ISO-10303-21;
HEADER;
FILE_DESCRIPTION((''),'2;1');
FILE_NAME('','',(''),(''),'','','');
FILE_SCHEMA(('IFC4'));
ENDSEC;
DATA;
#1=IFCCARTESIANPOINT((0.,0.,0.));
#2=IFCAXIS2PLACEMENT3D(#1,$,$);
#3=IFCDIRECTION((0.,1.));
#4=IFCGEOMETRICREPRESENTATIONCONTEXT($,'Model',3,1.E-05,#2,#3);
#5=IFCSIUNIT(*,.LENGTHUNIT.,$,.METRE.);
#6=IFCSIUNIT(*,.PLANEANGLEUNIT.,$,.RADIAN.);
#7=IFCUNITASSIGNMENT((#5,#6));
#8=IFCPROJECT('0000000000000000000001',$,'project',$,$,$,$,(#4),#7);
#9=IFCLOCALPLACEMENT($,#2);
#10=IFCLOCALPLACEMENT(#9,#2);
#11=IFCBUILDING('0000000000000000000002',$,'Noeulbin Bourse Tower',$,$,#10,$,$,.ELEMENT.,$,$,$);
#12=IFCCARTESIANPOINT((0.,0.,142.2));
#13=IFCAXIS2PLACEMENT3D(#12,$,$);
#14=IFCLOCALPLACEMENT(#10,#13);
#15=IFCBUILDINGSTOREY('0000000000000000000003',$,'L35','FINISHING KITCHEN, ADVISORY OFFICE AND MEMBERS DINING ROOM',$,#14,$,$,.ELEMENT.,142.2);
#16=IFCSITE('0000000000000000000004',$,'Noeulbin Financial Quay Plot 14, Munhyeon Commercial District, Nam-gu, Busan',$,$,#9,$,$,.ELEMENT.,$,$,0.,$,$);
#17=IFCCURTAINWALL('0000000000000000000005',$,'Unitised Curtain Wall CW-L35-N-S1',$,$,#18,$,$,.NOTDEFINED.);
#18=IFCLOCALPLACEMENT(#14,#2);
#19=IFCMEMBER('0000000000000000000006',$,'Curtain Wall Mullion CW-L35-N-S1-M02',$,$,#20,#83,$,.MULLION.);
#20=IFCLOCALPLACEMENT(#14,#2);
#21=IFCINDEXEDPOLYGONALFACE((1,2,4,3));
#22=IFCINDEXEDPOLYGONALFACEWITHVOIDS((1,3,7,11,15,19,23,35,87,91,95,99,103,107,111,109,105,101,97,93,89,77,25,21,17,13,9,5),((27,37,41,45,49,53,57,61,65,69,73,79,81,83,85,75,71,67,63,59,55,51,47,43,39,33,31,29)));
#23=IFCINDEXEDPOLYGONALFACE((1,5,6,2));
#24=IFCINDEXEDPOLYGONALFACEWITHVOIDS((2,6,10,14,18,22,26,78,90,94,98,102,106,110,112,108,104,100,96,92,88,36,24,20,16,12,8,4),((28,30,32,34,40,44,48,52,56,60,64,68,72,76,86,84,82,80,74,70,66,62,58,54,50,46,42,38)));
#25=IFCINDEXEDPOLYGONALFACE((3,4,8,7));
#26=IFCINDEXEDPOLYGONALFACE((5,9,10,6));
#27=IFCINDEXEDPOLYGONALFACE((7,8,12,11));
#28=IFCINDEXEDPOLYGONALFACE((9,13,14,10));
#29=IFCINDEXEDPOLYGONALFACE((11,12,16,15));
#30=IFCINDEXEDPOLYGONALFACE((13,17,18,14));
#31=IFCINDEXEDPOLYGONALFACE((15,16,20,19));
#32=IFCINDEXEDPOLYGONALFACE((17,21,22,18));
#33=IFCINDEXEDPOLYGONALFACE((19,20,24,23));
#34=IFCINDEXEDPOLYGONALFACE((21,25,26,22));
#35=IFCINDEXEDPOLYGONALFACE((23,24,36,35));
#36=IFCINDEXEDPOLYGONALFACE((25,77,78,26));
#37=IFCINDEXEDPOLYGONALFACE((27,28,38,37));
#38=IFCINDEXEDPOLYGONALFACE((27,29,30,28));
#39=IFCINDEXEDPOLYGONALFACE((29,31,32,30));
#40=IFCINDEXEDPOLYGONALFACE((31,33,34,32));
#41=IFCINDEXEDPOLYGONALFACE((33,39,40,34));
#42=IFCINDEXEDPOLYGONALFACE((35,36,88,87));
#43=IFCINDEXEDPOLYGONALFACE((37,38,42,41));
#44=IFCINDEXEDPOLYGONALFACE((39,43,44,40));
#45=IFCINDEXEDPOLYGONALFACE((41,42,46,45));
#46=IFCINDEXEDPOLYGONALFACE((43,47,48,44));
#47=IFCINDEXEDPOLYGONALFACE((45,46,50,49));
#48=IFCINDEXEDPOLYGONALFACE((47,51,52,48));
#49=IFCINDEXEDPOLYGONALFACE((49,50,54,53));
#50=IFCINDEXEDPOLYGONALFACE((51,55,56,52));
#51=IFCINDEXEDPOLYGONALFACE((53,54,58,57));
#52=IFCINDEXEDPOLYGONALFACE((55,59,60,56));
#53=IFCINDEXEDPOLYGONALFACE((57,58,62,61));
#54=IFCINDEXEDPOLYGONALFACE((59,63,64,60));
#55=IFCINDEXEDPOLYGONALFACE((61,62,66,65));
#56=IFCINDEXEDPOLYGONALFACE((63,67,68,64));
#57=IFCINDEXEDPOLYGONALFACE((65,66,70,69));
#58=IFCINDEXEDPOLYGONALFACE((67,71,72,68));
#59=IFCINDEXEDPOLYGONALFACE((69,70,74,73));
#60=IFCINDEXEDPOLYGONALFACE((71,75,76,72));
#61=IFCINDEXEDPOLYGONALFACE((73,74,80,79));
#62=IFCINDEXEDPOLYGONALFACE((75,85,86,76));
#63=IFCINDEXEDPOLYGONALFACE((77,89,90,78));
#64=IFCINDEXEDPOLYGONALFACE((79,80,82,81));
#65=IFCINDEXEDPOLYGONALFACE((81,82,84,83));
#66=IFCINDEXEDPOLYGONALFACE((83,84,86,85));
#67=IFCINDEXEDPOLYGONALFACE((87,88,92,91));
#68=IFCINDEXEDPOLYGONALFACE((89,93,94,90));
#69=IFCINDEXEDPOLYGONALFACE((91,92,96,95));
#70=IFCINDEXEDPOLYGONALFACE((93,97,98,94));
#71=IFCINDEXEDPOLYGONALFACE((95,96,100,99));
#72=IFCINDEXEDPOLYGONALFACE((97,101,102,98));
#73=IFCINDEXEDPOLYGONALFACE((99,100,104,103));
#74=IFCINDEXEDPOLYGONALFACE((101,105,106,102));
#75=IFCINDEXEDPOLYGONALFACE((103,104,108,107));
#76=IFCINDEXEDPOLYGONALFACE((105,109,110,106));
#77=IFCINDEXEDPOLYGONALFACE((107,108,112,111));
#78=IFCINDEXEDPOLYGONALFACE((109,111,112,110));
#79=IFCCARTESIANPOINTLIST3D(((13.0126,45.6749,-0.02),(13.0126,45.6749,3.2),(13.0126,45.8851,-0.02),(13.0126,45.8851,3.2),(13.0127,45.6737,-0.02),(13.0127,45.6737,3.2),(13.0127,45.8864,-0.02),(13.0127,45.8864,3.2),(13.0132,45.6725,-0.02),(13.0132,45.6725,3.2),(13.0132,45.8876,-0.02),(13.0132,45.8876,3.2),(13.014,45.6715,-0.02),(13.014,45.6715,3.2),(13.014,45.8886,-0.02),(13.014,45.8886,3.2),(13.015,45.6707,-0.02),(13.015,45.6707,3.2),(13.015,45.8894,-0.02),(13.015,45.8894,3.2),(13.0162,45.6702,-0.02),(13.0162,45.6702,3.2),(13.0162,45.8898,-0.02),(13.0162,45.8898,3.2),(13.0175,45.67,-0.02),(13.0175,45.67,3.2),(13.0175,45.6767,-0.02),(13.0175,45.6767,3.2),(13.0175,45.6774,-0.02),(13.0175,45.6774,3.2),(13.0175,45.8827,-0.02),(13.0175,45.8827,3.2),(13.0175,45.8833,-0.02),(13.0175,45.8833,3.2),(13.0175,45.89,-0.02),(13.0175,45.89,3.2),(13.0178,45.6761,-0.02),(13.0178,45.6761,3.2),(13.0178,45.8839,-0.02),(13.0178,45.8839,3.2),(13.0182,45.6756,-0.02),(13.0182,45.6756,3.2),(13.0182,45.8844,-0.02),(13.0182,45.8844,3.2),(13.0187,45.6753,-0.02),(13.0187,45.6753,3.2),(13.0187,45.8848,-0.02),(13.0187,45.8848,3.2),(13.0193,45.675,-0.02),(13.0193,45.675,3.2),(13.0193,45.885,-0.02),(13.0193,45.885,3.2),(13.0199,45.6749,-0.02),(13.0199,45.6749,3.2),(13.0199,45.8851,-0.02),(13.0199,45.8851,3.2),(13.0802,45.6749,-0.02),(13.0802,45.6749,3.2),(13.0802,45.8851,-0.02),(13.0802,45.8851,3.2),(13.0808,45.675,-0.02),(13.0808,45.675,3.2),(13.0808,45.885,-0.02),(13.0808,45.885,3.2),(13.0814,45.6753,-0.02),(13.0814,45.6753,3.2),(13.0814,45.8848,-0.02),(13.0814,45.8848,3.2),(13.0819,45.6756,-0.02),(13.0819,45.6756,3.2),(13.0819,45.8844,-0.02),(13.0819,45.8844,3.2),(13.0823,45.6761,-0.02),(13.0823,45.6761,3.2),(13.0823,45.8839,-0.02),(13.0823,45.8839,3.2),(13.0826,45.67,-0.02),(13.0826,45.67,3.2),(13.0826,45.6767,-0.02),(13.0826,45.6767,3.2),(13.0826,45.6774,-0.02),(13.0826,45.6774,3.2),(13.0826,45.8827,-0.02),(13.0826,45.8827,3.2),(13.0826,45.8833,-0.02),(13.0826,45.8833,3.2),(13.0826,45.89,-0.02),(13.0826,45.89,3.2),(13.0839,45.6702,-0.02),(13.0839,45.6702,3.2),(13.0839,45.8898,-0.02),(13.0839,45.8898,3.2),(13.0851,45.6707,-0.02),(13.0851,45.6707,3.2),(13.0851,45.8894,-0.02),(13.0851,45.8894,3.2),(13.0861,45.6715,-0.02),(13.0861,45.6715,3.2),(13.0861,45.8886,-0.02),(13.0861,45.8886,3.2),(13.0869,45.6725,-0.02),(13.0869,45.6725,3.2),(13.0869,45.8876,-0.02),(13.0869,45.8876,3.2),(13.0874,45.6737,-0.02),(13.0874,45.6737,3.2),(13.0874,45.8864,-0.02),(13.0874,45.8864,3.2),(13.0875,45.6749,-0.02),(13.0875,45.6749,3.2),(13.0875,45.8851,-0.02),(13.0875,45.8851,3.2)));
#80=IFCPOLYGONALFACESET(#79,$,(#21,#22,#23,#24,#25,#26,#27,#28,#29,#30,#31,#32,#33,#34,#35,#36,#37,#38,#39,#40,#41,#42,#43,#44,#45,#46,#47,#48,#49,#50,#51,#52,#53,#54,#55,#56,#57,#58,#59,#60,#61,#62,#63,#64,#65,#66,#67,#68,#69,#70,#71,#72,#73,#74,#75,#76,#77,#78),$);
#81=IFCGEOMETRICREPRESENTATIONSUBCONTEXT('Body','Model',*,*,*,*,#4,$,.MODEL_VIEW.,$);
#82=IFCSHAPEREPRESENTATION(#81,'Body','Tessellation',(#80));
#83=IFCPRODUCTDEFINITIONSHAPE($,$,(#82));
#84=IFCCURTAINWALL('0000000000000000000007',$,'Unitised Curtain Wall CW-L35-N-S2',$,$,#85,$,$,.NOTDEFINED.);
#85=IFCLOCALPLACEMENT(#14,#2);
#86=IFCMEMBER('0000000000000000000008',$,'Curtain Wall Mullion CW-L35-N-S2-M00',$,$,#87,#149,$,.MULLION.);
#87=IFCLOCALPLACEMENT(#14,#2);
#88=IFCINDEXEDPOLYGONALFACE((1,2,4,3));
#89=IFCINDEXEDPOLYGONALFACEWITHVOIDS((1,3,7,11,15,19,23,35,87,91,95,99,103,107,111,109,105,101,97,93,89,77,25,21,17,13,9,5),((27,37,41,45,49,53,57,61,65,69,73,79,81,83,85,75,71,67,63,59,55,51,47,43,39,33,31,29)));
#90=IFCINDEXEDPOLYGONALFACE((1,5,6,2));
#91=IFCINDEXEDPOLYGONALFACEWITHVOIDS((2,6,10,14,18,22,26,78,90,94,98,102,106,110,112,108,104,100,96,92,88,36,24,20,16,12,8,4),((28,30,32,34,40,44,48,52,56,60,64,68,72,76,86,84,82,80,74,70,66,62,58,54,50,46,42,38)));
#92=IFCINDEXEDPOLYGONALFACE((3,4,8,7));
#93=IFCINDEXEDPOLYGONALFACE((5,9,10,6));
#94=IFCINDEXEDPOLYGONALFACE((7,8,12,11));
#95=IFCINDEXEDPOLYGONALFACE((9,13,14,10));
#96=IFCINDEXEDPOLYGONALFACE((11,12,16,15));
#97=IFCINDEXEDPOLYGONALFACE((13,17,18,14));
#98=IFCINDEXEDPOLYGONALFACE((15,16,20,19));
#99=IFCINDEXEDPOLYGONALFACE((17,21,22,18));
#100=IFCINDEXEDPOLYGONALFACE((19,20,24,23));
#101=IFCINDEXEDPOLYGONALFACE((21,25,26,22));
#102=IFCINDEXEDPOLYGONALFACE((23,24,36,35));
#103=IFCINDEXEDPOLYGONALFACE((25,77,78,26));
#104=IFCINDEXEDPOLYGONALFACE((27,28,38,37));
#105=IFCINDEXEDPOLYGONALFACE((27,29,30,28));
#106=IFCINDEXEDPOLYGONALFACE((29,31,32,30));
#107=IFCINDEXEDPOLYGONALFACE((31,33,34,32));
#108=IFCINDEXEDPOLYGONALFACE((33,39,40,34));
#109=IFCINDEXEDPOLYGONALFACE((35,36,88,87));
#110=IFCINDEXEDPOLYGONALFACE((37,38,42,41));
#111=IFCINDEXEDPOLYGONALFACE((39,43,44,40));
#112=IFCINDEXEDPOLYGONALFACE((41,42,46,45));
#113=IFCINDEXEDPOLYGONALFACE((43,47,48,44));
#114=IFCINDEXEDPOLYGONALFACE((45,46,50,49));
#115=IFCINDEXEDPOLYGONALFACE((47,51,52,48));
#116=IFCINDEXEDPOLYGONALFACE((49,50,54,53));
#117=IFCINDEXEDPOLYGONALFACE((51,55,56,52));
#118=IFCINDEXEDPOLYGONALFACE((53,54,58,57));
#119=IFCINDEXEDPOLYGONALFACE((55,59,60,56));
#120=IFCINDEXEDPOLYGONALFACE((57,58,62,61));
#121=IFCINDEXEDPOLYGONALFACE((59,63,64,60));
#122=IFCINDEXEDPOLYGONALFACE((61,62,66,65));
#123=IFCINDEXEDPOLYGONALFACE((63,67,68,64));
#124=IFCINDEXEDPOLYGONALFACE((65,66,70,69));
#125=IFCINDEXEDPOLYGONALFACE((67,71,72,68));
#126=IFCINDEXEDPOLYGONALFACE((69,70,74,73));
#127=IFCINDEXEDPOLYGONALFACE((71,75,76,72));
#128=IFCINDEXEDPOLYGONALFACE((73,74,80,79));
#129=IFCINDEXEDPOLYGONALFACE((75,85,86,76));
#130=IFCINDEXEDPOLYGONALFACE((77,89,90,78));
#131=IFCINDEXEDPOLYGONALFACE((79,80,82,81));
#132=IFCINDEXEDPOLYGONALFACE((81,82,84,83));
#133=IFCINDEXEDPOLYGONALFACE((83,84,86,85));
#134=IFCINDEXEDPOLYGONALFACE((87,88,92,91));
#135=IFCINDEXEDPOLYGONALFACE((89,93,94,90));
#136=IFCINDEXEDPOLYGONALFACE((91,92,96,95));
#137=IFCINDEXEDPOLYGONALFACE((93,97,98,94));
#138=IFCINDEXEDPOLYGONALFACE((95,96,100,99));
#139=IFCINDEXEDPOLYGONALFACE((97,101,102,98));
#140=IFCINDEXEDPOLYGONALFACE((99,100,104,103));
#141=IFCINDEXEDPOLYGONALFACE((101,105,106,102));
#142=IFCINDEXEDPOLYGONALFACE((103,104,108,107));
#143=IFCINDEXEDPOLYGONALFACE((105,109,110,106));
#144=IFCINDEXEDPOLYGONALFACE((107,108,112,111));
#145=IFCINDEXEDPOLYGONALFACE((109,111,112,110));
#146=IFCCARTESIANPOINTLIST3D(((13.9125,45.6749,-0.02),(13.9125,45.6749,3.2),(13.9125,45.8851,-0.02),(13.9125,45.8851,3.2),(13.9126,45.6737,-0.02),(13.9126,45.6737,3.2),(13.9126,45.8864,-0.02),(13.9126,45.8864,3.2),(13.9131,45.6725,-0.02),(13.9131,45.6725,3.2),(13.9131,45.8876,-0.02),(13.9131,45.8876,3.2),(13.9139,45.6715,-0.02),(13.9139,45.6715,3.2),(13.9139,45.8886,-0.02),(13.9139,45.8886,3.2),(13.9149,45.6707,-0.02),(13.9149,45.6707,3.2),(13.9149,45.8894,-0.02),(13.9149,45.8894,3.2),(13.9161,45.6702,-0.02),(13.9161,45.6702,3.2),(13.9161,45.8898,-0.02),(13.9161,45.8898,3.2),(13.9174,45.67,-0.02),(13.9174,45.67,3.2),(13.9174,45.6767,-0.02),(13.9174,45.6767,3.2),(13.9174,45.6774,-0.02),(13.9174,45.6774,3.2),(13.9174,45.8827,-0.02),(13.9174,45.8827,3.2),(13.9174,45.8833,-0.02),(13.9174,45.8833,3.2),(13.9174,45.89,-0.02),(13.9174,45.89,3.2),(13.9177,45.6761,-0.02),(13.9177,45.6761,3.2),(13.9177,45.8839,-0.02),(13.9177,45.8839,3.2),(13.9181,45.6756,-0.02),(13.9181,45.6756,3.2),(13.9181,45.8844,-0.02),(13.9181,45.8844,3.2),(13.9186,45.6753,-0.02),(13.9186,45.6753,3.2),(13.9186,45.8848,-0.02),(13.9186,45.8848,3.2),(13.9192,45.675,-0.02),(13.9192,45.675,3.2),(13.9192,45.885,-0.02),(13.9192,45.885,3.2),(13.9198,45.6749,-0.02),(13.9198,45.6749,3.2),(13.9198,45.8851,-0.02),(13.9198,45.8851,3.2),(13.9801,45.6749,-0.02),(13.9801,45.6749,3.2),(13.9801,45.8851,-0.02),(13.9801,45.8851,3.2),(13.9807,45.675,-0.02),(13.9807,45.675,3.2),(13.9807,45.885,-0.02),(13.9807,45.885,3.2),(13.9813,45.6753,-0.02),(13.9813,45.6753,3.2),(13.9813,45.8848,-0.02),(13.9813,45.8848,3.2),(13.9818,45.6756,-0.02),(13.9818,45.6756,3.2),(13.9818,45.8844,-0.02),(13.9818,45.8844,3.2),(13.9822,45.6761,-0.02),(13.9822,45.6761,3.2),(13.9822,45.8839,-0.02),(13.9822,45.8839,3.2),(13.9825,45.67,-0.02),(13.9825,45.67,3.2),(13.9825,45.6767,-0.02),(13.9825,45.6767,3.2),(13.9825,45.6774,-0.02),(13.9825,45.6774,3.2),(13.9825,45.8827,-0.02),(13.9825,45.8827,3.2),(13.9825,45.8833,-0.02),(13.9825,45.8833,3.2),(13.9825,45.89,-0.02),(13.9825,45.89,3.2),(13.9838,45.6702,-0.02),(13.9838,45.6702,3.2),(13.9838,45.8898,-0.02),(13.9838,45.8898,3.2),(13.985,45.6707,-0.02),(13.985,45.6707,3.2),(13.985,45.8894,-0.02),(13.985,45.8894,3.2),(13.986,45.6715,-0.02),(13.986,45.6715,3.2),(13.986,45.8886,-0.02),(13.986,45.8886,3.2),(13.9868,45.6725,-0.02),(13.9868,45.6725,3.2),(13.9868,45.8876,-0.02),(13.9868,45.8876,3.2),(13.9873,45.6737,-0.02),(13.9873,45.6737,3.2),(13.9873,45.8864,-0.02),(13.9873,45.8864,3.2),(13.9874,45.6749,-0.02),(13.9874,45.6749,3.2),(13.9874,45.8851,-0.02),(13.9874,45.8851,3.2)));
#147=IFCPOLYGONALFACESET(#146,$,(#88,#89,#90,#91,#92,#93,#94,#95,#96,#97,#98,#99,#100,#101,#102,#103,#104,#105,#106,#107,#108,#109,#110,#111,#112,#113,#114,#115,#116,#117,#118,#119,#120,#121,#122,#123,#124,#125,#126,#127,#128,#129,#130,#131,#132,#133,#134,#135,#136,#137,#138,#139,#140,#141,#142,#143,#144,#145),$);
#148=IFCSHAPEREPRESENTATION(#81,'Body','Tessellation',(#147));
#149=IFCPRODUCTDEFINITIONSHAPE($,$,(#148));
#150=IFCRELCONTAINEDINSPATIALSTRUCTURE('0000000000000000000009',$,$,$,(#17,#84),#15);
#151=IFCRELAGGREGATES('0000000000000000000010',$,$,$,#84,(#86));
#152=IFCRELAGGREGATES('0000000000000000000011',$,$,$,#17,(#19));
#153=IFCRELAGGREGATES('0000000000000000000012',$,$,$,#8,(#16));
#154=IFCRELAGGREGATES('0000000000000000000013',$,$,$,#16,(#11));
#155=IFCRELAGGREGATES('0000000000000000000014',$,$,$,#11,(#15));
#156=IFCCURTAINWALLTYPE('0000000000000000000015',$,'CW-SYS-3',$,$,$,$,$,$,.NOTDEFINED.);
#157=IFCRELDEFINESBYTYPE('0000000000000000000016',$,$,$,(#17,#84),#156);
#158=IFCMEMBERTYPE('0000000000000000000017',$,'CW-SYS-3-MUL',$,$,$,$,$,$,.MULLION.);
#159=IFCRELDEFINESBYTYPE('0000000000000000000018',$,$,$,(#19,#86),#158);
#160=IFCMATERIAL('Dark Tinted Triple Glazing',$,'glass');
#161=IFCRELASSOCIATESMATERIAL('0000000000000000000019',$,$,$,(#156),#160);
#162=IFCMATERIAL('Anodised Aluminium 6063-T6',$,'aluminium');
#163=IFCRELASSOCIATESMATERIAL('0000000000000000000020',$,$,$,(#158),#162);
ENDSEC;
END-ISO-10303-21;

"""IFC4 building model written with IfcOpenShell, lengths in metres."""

from ifc_helpers import new_model, si_unit, direction, frame, origin, origin_2d, place, context, subcontext, project, spatial, hollow_rectangle, extrude, material, material_profile, profile_set, type_object, element, aggregate, save


model = new_model("IFC4")

# Units and contexts
model_context = context("Model", 3, precision=1e-05, world=origin(), true_north=direction((0.0, 1.0)))
body_context = subcontext(model_context, "Body", "Model", "MODEL_VIEW")
ifc_project = project(units=[si_unit("LENGTHUNIT", "METRE"), si_unit("PLANEANGLEUNIT", "RADIAN")], contexts=[model_context])

# Site, building, storey
site_placement = place(None, origin())
site = spatial("IfcSite", under=ifc_project, at=site_placement, Name="Noeulbin Financial Quay Plot 14, Munhyeon Commercial District, Nam-gu, Busan", CompositionType="ELEMENT", RefElevation=0.0)
building_placement = place(site_placement, origin())
building = spatial("IfcBuilding", under=site, at=building_placement, Name="Noeulbin Bourse Tower", CompositionType="ELEMENT")
storey_placement = place(building_placement, frame((0.0, 0.0, 142.2)))
storey = spatial("IfcBuildingStorey", under=building, at=storey_placement, Name="L35", Description="FINISHING KITCHEN, ADVISORY OFFICE AND MEMBERS DINING ROOM", CompositionType="ELEMENT", Elevation=142.2)

# Curtain wall, member
ifc_material_1 = material(Name="Dark Tinted Triple Glazing", Category="glass")
curtain_wall_type = type_object("IfcCurtainWallType", Name="CW-SYS-3", PredefinedType="NOTDEFINED", material=ifc_material_1)
curtain_wall_1_placement = place(storey_placement, origin())
curtain_wall_1 = element("IfcCurtainWall", 1, at=curtain_wall_1_placement, inside=storey, type_object=curtain_wall_type, Name="Unitised Curtain Wall CW-L35-N-S1", PredefinedType="NOTDEFINED")
ifc_material_2 = material(Name="Anodised Aluminium 6063-T6", Category="aluminium")
ifc_material_profile_1 = material_profile(ifc_material_2, hollow_rectangle(XDim=0.075, YDim=0.22, WallThickness=0.0049, InnerFilletRadius=0.0024, OuterFilletRadius=0.0049, at=origin_2d()), Name="ALU-MULL-75x220x5", Category="LoadBearing")
ifc_profile_set_1 = profile_set([ifc_material_profile_1], Name="Anodised Aluminium 6063-T6")
member_type_1 = type_object("IfcMemberType", Name="CW-SYS-3-MUL", PredefinedType="MULLION", material=ifc_profile_set_1)
member_1_placement = place(storey_placement, frame((13.05, 45.78, -0.02), z_axis=(0.0, 0.0, 1.0), x_axis=(1.0, 0.0, 0.0)))
member_1 = element("IfcMember", 2, at=member_1_placement, type_object=member_type_1, Name="Curtain Wall Mullion CW-L35-N-S1-M02", PredefinedType="MULLION", context=body_context, shape_type="SweptSolid", body=[
    extrude(hollow_rectangle(XDim=0.075, YDim=0.22, WallThickness=0.0049, InnerFilletRadius=0.0024, OuterFilletRadius=0.0049, at=origin_2d()), origin(), (0.0, 0.0, 1.0), 3.22),
])

# Curtain wall, member
curtain_wall_2_placement = place(storey_placement, origin())
curtain_wall_2 = element("IfcCurtainWall", 3, at=curtain_wall_2_placement, inside=storey, type_object=curtain_wall_type, Name="Unitised Curtain Wall CW-L35-N-S2", PredefinedType="NOTDEFINED")
member_2_placement = place(storey_placement, frame((13.95, 45.78, -0.02), z_axis=(0.0, 0.0, 1.0), x_axis=(1.0, 0.0, 0.0)))
member_2 = element("IfcMember", 4, at=member_2_placement, type_object=member_type_1, Name="Curtain Wall Mullion CW-L35-N-S2-M00", PredefinedType="MULLION", context=body_context, shape_type="SweptSolid", body=[
    extrude(hollow_rectangle(XDim=0.075, YDim=0.22, WallThickness=0.0049, InnerFilletRadius=0.0024, OuterFilletRadius=0.0049, at=origin_2d()), origin(), (0.0, 0.0, 1.0), 3.22),
])

aggregate(curtain_wall_2, [member_2])

aggregate(curtain_wall_1, [member_1])

save(model, "model.ifc")
